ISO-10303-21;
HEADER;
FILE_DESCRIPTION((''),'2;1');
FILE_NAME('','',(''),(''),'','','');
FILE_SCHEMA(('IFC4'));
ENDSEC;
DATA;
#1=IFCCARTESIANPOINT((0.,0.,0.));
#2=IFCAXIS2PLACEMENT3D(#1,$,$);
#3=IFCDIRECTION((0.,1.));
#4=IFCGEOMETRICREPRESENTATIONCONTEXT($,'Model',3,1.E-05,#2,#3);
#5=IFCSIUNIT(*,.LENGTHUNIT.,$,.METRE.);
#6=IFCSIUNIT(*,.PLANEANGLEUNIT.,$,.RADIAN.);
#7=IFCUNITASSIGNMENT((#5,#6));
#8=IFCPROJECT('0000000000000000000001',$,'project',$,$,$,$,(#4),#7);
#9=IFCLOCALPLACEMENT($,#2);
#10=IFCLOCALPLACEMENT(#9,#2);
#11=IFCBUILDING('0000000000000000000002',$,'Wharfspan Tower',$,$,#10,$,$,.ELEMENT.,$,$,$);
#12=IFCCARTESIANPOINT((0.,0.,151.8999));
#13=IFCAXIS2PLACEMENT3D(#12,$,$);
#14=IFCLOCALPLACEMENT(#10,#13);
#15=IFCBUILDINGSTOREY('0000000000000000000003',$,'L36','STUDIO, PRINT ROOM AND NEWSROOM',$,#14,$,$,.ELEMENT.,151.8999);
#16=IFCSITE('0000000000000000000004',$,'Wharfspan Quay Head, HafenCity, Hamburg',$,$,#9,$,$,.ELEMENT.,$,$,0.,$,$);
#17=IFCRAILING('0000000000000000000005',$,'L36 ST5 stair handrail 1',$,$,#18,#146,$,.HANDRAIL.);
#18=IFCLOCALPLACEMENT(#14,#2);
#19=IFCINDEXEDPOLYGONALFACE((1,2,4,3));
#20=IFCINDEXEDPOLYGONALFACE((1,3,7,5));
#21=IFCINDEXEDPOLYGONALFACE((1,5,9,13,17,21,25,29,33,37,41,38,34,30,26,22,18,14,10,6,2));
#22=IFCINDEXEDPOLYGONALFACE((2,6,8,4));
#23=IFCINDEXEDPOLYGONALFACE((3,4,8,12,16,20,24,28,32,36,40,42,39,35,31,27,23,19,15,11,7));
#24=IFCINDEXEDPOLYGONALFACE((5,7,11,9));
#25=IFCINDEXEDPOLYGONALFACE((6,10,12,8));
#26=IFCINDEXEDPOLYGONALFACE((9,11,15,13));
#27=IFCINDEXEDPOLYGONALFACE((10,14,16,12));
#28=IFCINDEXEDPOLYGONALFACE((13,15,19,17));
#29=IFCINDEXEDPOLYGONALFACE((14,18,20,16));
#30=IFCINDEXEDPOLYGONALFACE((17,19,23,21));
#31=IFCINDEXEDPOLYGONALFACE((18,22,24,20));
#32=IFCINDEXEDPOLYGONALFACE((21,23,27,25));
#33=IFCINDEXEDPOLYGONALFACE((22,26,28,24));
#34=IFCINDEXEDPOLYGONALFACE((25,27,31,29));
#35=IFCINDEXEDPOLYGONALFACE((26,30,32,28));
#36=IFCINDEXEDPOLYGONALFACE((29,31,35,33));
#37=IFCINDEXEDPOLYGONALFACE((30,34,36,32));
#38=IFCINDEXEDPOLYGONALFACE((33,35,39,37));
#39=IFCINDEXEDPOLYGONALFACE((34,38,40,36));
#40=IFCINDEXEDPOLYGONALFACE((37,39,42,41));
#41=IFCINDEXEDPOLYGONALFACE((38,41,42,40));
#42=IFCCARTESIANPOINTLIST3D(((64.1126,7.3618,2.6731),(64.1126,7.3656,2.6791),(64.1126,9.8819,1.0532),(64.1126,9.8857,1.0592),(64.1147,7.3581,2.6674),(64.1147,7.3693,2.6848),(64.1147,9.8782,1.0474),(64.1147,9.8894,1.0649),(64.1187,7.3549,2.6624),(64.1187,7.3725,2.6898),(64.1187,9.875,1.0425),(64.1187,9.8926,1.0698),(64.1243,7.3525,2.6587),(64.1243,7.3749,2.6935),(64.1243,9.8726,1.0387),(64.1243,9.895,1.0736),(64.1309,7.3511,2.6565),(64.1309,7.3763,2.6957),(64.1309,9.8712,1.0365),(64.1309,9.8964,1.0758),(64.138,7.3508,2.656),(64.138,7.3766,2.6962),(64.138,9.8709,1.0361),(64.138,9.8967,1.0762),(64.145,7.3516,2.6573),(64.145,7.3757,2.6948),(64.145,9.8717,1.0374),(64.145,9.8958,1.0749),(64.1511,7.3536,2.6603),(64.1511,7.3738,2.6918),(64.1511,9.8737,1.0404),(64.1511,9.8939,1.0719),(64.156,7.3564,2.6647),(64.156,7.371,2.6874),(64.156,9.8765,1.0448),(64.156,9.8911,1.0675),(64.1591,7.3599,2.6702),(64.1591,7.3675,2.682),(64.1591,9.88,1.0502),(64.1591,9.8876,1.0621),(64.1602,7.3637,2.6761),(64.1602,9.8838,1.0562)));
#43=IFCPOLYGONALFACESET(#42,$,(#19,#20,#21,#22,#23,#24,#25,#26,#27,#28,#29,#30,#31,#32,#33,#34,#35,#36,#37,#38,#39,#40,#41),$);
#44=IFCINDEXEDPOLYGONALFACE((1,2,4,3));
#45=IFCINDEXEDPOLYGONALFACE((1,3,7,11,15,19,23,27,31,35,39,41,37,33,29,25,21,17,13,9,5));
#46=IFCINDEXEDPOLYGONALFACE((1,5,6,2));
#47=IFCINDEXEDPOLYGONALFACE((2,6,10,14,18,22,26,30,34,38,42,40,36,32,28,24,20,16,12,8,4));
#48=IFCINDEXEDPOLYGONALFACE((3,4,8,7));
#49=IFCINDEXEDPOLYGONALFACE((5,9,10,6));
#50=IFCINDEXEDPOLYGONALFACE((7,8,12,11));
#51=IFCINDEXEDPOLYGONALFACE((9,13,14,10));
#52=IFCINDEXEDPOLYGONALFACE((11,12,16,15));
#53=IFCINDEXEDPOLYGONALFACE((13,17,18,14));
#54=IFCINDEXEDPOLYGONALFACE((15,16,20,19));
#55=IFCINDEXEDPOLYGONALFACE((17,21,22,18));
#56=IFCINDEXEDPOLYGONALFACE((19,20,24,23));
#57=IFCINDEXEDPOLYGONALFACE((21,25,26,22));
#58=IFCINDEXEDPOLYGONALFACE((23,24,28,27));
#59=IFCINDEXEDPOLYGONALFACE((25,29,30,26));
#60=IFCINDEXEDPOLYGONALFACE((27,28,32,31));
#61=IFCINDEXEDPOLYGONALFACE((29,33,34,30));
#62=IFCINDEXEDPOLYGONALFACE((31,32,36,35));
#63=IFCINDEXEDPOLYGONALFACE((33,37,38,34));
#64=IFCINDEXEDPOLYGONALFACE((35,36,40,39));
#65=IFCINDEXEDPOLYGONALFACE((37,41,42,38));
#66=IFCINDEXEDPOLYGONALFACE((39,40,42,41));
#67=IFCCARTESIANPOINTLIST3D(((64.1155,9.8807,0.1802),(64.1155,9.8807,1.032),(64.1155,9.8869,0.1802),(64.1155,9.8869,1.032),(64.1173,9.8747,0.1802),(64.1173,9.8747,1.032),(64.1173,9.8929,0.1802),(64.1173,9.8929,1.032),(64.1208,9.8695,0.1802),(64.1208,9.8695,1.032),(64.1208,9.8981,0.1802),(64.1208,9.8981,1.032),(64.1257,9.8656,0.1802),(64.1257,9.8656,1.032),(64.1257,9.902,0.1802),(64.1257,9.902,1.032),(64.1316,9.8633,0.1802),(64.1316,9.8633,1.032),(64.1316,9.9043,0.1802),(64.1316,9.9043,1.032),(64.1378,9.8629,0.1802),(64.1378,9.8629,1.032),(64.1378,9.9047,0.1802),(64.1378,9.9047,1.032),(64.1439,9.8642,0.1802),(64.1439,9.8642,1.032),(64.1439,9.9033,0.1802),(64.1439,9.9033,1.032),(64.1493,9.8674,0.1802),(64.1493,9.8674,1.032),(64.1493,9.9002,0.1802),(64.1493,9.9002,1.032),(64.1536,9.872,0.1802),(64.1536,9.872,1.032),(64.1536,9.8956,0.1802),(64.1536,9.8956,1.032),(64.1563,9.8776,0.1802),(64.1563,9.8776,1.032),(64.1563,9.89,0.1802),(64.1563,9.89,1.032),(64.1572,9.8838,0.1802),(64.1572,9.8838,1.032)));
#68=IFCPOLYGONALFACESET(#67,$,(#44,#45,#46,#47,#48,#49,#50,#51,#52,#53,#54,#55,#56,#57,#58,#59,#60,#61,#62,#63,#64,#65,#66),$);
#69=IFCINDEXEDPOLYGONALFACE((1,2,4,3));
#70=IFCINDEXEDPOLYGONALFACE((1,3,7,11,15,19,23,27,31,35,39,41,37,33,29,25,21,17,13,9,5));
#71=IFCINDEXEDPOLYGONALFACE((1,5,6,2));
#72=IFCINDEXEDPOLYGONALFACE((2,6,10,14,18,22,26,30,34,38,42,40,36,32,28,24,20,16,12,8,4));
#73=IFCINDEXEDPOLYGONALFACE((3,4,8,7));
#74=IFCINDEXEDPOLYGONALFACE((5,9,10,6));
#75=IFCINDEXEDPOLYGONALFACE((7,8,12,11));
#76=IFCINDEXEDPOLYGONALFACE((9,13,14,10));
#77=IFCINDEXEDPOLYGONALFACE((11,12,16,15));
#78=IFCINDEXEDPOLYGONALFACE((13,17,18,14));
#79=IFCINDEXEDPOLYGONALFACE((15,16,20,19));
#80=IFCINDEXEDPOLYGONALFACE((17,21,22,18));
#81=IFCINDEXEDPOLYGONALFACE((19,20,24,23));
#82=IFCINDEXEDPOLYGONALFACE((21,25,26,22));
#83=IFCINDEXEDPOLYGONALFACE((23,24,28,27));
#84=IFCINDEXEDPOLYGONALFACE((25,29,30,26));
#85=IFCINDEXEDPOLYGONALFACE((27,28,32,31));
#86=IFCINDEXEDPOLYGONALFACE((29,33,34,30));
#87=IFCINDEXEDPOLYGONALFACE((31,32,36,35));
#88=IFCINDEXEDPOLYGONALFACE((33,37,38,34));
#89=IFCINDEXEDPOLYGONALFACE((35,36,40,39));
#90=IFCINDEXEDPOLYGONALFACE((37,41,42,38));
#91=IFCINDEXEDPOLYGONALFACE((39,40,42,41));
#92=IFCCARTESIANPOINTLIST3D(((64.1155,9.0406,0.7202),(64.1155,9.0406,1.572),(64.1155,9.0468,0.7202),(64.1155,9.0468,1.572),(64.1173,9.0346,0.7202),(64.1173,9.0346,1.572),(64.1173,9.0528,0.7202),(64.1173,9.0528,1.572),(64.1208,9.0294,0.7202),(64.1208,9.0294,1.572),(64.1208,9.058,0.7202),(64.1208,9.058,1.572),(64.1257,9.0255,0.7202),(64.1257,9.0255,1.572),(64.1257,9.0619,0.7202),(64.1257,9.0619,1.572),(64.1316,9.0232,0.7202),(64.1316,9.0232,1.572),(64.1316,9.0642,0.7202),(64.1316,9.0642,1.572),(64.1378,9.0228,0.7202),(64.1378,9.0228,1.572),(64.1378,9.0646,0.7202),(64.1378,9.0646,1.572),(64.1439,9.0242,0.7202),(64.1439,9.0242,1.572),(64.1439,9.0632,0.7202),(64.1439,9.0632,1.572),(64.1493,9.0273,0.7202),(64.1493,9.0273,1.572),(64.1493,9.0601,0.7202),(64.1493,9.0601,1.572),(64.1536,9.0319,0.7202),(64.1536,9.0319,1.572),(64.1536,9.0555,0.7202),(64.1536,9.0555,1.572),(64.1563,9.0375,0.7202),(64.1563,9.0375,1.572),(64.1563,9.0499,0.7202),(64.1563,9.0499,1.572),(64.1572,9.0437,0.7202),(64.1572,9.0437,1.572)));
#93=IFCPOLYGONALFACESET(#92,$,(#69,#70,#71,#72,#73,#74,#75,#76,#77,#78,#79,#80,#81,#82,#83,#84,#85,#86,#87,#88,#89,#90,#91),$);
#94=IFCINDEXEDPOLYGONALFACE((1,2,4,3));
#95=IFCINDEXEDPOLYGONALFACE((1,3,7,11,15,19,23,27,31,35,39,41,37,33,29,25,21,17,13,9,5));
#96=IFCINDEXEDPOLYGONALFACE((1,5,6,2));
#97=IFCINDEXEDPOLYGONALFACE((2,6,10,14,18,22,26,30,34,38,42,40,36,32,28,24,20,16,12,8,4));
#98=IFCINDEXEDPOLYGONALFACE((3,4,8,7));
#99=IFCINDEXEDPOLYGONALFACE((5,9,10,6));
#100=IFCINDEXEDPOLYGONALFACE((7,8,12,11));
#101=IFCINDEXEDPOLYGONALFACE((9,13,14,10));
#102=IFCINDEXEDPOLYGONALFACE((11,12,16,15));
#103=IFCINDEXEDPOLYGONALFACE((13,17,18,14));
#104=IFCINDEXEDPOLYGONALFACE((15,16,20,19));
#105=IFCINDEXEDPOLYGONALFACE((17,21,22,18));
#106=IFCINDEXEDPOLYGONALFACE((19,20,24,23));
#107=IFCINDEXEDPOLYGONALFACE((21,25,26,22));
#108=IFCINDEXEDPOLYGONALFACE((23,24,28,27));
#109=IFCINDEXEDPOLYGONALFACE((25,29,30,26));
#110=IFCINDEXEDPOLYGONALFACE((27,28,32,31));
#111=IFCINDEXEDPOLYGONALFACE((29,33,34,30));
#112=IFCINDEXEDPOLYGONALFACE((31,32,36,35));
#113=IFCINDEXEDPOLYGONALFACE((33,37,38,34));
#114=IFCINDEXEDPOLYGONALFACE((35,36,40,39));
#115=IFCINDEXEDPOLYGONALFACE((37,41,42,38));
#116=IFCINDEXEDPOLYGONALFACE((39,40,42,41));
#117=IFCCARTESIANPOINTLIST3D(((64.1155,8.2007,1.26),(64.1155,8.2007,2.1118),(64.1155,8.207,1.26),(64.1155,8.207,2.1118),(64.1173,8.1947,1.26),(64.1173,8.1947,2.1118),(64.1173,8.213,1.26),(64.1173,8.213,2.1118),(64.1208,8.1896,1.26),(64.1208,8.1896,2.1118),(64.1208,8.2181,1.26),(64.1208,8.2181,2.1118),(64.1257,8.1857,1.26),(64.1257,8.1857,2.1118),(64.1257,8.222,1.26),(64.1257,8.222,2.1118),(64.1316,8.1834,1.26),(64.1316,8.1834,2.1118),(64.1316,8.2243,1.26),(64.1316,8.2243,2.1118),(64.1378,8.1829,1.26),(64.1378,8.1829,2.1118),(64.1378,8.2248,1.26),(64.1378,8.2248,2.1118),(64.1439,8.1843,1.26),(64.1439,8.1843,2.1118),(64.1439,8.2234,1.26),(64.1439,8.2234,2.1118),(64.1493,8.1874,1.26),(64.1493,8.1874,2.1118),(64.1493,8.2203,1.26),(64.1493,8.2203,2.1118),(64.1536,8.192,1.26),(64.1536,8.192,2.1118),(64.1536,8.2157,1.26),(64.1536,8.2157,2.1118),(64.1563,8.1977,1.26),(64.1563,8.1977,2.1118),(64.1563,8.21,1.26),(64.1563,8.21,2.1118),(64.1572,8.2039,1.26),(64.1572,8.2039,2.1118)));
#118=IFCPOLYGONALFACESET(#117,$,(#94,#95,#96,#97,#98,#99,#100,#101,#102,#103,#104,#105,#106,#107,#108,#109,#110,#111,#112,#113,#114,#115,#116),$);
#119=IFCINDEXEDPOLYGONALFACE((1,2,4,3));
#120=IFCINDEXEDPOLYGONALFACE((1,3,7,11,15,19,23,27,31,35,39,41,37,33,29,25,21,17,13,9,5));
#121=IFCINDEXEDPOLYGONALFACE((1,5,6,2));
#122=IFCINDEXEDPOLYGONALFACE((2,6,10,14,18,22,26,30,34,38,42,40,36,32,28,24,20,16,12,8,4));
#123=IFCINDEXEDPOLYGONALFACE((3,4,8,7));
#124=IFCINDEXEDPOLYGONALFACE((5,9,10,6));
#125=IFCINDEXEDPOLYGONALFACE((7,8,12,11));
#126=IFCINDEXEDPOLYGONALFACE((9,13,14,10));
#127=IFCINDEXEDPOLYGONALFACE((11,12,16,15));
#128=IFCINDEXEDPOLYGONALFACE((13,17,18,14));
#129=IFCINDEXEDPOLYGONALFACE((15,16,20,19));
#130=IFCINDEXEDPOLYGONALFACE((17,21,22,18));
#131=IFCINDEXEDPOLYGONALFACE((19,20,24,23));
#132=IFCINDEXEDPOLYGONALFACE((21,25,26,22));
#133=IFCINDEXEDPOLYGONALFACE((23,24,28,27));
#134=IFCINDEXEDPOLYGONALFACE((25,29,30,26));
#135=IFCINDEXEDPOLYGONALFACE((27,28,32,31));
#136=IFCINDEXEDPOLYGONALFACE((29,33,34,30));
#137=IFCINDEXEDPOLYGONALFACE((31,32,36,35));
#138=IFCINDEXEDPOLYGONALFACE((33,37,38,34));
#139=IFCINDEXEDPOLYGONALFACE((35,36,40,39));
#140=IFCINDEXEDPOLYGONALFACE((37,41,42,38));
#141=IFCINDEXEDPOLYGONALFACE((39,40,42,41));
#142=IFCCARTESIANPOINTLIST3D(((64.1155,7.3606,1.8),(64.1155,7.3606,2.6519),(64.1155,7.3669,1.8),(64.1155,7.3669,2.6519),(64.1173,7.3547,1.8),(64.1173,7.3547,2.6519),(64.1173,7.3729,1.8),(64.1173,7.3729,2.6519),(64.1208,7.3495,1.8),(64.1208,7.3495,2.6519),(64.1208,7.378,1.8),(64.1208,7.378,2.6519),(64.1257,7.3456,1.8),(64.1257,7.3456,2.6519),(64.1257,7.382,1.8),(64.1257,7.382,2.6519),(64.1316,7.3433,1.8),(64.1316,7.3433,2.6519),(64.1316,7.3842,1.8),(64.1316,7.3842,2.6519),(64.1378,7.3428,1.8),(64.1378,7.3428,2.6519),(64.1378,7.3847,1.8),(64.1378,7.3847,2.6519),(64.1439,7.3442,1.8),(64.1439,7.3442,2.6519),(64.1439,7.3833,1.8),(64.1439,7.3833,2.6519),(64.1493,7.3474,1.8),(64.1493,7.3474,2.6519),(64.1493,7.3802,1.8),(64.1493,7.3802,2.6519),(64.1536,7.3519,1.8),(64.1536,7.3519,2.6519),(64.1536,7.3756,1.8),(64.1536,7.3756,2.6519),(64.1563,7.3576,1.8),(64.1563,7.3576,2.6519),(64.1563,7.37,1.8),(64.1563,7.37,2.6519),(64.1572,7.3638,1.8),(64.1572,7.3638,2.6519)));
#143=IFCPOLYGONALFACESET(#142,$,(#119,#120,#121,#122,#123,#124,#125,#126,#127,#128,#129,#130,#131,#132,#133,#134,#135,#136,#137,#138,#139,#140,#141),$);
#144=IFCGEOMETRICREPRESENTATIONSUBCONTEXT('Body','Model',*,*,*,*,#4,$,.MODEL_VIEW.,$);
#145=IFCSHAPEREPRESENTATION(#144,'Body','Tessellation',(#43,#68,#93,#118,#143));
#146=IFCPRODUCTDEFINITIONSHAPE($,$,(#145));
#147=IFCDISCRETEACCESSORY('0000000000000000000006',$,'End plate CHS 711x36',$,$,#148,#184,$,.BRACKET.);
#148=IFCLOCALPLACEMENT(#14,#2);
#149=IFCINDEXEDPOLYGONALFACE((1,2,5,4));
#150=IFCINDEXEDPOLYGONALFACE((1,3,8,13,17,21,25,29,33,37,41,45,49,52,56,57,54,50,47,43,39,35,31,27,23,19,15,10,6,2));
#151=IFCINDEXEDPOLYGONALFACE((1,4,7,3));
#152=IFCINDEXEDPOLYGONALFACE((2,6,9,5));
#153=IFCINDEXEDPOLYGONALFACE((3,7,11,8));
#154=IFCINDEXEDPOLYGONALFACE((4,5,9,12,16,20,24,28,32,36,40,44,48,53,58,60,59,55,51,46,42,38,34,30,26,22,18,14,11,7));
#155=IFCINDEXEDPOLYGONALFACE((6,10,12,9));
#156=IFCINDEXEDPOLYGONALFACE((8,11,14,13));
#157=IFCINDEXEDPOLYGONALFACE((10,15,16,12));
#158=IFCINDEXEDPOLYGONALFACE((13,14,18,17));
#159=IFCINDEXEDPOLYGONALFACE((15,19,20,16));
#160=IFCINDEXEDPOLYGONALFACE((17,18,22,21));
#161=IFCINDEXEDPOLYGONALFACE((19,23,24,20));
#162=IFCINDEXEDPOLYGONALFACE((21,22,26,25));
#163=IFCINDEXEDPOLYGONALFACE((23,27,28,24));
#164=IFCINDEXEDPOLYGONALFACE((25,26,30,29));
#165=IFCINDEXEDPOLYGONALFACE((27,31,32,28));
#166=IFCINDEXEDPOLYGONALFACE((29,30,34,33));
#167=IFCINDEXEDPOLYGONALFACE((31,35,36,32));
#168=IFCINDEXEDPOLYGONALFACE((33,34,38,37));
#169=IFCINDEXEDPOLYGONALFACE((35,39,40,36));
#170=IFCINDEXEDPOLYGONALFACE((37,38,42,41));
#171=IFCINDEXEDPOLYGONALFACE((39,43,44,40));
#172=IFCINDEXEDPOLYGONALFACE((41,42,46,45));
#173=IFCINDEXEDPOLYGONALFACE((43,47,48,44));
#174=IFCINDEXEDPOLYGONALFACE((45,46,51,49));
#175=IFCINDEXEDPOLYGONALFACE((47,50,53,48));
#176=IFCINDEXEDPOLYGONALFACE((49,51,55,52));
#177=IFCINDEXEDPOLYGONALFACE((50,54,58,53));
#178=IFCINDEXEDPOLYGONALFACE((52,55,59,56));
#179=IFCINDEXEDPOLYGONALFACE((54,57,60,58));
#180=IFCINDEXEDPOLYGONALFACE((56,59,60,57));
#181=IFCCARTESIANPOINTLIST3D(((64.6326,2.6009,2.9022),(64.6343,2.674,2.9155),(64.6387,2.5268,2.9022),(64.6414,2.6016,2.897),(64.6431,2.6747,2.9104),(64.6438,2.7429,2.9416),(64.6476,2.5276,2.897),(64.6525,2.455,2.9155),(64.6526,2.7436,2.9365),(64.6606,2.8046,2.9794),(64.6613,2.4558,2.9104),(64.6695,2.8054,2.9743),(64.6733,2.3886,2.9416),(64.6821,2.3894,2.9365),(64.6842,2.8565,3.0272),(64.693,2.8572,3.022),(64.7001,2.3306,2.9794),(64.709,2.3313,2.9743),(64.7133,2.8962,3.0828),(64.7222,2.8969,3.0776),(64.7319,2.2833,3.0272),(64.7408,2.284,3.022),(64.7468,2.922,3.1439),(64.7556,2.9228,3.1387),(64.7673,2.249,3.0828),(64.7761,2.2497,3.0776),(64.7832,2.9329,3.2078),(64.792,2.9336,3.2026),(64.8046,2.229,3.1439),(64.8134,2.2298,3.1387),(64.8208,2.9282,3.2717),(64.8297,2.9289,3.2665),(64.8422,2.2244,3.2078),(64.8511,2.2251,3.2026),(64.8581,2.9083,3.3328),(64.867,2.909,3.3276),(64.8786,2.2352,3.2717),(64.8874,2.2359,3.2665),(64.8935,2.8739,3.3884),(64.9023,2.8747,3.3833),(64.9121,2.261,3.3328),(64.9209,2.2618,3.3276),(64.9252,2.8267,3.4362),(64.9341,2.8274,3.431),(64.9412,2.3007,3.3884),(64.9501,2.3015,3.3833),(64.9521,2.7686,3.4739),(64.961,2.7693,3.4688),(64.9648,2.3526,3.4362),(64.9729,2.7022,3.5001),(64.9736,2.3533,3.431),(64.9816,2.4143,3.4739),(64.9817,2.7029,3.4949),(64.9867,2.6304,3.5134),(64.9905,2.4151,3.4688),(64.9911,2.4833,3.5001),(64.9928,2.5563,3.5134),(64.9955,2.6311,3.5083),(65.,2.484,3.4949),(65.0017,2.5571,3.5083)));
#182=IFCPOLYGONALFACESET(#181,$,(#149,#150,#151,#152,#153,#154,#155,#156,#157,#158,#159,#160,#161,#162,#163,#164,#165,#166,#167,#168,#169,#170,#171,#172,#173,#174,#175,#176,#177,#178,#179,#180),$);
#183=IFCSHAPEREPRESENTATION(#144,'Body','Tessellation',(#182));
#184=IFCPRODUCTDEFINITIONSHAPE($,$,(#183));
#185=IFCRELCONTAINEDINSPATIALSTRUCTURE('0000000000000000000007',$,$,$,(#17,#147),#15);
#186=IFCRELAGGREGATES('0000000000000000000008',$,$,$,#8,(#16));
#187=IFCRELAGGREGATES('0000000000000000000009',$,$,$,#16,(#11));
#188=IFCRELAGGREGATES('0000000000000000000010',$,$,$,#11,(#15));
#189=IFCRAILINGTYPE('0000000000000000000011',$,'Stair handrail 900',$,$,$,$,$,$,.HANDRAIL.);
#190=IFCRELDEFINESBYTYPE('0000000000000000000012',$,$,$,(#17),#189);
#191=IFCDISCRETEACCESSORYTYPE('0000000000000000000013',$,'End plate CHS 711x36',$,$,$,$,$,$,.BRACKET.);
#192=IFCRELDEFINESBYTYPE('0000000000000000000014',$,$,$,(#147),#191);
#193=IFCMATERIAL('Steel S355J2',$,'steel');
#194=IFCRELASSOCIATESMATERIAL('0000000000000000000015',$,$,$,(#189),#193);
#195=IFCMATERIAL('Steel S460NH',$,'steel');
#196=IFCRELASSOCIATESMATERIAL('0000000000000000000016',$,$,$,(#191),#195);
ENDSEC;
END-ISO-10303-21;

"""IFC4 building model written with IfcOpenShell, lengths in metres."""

from ifc_helpers import new_model, si_unit, direction, frame, origin, origin_2d, place, context, subcontext, project, spatial, circle, extrude, material, material_profile, profile_set, type_object, element, save


model = new_model("IFC4")

# Units and contexts
model_context = context("Model", 3, precision=1e-05, world=origin(), true_north=direction((0.0, 1.0)))
body_context = subcontext(model_context, "Body", "Model", "MODEL_VIEW")
ifc_project = project(units=[si_unit("LENGTHUNIT", "METRE"), si_unit("PLANEANGLEUNIT", "RADIAN")], contexts=[model_context])

# Site, building, storey
site_placement = place(None, origin())
site = spatial("IfcSite", under=ifc_project, at=site_placement, Name="Wharfspan Quay Head, HafenCity, Hamburg", CompositionType="ELEMENT", RefElevation=0.0)
building_placement = place(site_placement, origin())
building = spatial("IfcBuilding", under=site, at=building_placement, Name="Wharfspan Tower", CompositionType="ELEMENT")
storey_placement = place(building_placement, frame((0.0, 0.0, 151.8999)))
storey = spatial("IfcBuildingStorey", under=building, at=storey_placement, Name="L36", Description="STUDIO, PRINT ROOM AND NEWSROOM", CompositionType="ELEMENT", Elevation=151.8999)

# Shared definitions
ifc_material_1 = material(Name="Steel S355J2", Category="steel")

# Shared definitions
ifc_material_2 = material(Name="Steel S460NH", Category="steel")

# Railing
railing_type = type_object("IfcRailingType", Name="Stair handrail 900", PredefinedType="HANDRAIL", material=ifc_material_1)
railing_placement = place(storey_placement, frame((64.1362, 9.8838, 0.1802)))
element("IfcRailing", 1, at=railing_placement, inside=storey, type_object=railing_type, Name="L36 ST5 stair handrail 1", PredefinedType="HANDRAIL", context=body_context, shape_type="SweptSolid", body=[
    extrude(circle(Radius=0.0239, at=origin_2d()), frame((0.0, 0.0, 0.876), z_axis=(0.0, -0.8412, 0.540725), x_axis=(1.0, 0.0, 0.0)), (0.0, 0.0, 1.0), 2.9958),
    extrude(circle(Radius=0.021, at=origin_2d()), origin(), (0.0, 0.0, 1.0), 0.8518),
    extrude(circle(Radius=0.021, at=origin_2d()), frame((0.0, -0.8401, 0.54)), (0.0, 0.0, 1.0), 0.8518),
    extrude(circle(Radius=0.021, at=origin_2d()), frame((0.0, -1.6799, 1.0798)), (0.0, 0.0, 1.0), 0.8518),
    extrude(circle(Radius=0.021, at=origin_2d()), frame((0.0, -2.52, 1.6199)), (0.0, 0.0, 1.0), 0.8518),
])

# Discrete accessory
ifc_material_profile_1 = material_profile(ifc_material_2, circle(Radius=0.3555, at=origin_2d()))
ifc_profile_set_1 = profile_set([ifc_material_profile_1], Name="Steel S460NH")
discrete_accessory_type = type_object("IfcDiscreteAccessoryType", Name="End plate CHS 711x36", PredefinedType="BRACKET", material=ifc_profile_set_1)
for number, where, z_axis, x_axis, name in (
    (2, (64.8215, 2.5793, 3.2026), (-0.86155, -0.071796, 0.502571), (0.083046, -0.99655, 0.0), "End plate CHS 711x36"),
):
    element("IfcDiscreteAccessory", number, at=place(storey_placement, frame(where, z_axis=z_axis, x_axis=x_axis)), inside=storey, type_object=discrete_accessory_type, Name=name, PredefinedType="BRACKET", context=body_context, shape_type="SweptSolid", body=[
        extrude(circle(Radius=0.3555, at=origin_2d()), origin(), (0.0, 0.0, 1.0), 0.0103),
    ])

save(model, "model.ifc")
